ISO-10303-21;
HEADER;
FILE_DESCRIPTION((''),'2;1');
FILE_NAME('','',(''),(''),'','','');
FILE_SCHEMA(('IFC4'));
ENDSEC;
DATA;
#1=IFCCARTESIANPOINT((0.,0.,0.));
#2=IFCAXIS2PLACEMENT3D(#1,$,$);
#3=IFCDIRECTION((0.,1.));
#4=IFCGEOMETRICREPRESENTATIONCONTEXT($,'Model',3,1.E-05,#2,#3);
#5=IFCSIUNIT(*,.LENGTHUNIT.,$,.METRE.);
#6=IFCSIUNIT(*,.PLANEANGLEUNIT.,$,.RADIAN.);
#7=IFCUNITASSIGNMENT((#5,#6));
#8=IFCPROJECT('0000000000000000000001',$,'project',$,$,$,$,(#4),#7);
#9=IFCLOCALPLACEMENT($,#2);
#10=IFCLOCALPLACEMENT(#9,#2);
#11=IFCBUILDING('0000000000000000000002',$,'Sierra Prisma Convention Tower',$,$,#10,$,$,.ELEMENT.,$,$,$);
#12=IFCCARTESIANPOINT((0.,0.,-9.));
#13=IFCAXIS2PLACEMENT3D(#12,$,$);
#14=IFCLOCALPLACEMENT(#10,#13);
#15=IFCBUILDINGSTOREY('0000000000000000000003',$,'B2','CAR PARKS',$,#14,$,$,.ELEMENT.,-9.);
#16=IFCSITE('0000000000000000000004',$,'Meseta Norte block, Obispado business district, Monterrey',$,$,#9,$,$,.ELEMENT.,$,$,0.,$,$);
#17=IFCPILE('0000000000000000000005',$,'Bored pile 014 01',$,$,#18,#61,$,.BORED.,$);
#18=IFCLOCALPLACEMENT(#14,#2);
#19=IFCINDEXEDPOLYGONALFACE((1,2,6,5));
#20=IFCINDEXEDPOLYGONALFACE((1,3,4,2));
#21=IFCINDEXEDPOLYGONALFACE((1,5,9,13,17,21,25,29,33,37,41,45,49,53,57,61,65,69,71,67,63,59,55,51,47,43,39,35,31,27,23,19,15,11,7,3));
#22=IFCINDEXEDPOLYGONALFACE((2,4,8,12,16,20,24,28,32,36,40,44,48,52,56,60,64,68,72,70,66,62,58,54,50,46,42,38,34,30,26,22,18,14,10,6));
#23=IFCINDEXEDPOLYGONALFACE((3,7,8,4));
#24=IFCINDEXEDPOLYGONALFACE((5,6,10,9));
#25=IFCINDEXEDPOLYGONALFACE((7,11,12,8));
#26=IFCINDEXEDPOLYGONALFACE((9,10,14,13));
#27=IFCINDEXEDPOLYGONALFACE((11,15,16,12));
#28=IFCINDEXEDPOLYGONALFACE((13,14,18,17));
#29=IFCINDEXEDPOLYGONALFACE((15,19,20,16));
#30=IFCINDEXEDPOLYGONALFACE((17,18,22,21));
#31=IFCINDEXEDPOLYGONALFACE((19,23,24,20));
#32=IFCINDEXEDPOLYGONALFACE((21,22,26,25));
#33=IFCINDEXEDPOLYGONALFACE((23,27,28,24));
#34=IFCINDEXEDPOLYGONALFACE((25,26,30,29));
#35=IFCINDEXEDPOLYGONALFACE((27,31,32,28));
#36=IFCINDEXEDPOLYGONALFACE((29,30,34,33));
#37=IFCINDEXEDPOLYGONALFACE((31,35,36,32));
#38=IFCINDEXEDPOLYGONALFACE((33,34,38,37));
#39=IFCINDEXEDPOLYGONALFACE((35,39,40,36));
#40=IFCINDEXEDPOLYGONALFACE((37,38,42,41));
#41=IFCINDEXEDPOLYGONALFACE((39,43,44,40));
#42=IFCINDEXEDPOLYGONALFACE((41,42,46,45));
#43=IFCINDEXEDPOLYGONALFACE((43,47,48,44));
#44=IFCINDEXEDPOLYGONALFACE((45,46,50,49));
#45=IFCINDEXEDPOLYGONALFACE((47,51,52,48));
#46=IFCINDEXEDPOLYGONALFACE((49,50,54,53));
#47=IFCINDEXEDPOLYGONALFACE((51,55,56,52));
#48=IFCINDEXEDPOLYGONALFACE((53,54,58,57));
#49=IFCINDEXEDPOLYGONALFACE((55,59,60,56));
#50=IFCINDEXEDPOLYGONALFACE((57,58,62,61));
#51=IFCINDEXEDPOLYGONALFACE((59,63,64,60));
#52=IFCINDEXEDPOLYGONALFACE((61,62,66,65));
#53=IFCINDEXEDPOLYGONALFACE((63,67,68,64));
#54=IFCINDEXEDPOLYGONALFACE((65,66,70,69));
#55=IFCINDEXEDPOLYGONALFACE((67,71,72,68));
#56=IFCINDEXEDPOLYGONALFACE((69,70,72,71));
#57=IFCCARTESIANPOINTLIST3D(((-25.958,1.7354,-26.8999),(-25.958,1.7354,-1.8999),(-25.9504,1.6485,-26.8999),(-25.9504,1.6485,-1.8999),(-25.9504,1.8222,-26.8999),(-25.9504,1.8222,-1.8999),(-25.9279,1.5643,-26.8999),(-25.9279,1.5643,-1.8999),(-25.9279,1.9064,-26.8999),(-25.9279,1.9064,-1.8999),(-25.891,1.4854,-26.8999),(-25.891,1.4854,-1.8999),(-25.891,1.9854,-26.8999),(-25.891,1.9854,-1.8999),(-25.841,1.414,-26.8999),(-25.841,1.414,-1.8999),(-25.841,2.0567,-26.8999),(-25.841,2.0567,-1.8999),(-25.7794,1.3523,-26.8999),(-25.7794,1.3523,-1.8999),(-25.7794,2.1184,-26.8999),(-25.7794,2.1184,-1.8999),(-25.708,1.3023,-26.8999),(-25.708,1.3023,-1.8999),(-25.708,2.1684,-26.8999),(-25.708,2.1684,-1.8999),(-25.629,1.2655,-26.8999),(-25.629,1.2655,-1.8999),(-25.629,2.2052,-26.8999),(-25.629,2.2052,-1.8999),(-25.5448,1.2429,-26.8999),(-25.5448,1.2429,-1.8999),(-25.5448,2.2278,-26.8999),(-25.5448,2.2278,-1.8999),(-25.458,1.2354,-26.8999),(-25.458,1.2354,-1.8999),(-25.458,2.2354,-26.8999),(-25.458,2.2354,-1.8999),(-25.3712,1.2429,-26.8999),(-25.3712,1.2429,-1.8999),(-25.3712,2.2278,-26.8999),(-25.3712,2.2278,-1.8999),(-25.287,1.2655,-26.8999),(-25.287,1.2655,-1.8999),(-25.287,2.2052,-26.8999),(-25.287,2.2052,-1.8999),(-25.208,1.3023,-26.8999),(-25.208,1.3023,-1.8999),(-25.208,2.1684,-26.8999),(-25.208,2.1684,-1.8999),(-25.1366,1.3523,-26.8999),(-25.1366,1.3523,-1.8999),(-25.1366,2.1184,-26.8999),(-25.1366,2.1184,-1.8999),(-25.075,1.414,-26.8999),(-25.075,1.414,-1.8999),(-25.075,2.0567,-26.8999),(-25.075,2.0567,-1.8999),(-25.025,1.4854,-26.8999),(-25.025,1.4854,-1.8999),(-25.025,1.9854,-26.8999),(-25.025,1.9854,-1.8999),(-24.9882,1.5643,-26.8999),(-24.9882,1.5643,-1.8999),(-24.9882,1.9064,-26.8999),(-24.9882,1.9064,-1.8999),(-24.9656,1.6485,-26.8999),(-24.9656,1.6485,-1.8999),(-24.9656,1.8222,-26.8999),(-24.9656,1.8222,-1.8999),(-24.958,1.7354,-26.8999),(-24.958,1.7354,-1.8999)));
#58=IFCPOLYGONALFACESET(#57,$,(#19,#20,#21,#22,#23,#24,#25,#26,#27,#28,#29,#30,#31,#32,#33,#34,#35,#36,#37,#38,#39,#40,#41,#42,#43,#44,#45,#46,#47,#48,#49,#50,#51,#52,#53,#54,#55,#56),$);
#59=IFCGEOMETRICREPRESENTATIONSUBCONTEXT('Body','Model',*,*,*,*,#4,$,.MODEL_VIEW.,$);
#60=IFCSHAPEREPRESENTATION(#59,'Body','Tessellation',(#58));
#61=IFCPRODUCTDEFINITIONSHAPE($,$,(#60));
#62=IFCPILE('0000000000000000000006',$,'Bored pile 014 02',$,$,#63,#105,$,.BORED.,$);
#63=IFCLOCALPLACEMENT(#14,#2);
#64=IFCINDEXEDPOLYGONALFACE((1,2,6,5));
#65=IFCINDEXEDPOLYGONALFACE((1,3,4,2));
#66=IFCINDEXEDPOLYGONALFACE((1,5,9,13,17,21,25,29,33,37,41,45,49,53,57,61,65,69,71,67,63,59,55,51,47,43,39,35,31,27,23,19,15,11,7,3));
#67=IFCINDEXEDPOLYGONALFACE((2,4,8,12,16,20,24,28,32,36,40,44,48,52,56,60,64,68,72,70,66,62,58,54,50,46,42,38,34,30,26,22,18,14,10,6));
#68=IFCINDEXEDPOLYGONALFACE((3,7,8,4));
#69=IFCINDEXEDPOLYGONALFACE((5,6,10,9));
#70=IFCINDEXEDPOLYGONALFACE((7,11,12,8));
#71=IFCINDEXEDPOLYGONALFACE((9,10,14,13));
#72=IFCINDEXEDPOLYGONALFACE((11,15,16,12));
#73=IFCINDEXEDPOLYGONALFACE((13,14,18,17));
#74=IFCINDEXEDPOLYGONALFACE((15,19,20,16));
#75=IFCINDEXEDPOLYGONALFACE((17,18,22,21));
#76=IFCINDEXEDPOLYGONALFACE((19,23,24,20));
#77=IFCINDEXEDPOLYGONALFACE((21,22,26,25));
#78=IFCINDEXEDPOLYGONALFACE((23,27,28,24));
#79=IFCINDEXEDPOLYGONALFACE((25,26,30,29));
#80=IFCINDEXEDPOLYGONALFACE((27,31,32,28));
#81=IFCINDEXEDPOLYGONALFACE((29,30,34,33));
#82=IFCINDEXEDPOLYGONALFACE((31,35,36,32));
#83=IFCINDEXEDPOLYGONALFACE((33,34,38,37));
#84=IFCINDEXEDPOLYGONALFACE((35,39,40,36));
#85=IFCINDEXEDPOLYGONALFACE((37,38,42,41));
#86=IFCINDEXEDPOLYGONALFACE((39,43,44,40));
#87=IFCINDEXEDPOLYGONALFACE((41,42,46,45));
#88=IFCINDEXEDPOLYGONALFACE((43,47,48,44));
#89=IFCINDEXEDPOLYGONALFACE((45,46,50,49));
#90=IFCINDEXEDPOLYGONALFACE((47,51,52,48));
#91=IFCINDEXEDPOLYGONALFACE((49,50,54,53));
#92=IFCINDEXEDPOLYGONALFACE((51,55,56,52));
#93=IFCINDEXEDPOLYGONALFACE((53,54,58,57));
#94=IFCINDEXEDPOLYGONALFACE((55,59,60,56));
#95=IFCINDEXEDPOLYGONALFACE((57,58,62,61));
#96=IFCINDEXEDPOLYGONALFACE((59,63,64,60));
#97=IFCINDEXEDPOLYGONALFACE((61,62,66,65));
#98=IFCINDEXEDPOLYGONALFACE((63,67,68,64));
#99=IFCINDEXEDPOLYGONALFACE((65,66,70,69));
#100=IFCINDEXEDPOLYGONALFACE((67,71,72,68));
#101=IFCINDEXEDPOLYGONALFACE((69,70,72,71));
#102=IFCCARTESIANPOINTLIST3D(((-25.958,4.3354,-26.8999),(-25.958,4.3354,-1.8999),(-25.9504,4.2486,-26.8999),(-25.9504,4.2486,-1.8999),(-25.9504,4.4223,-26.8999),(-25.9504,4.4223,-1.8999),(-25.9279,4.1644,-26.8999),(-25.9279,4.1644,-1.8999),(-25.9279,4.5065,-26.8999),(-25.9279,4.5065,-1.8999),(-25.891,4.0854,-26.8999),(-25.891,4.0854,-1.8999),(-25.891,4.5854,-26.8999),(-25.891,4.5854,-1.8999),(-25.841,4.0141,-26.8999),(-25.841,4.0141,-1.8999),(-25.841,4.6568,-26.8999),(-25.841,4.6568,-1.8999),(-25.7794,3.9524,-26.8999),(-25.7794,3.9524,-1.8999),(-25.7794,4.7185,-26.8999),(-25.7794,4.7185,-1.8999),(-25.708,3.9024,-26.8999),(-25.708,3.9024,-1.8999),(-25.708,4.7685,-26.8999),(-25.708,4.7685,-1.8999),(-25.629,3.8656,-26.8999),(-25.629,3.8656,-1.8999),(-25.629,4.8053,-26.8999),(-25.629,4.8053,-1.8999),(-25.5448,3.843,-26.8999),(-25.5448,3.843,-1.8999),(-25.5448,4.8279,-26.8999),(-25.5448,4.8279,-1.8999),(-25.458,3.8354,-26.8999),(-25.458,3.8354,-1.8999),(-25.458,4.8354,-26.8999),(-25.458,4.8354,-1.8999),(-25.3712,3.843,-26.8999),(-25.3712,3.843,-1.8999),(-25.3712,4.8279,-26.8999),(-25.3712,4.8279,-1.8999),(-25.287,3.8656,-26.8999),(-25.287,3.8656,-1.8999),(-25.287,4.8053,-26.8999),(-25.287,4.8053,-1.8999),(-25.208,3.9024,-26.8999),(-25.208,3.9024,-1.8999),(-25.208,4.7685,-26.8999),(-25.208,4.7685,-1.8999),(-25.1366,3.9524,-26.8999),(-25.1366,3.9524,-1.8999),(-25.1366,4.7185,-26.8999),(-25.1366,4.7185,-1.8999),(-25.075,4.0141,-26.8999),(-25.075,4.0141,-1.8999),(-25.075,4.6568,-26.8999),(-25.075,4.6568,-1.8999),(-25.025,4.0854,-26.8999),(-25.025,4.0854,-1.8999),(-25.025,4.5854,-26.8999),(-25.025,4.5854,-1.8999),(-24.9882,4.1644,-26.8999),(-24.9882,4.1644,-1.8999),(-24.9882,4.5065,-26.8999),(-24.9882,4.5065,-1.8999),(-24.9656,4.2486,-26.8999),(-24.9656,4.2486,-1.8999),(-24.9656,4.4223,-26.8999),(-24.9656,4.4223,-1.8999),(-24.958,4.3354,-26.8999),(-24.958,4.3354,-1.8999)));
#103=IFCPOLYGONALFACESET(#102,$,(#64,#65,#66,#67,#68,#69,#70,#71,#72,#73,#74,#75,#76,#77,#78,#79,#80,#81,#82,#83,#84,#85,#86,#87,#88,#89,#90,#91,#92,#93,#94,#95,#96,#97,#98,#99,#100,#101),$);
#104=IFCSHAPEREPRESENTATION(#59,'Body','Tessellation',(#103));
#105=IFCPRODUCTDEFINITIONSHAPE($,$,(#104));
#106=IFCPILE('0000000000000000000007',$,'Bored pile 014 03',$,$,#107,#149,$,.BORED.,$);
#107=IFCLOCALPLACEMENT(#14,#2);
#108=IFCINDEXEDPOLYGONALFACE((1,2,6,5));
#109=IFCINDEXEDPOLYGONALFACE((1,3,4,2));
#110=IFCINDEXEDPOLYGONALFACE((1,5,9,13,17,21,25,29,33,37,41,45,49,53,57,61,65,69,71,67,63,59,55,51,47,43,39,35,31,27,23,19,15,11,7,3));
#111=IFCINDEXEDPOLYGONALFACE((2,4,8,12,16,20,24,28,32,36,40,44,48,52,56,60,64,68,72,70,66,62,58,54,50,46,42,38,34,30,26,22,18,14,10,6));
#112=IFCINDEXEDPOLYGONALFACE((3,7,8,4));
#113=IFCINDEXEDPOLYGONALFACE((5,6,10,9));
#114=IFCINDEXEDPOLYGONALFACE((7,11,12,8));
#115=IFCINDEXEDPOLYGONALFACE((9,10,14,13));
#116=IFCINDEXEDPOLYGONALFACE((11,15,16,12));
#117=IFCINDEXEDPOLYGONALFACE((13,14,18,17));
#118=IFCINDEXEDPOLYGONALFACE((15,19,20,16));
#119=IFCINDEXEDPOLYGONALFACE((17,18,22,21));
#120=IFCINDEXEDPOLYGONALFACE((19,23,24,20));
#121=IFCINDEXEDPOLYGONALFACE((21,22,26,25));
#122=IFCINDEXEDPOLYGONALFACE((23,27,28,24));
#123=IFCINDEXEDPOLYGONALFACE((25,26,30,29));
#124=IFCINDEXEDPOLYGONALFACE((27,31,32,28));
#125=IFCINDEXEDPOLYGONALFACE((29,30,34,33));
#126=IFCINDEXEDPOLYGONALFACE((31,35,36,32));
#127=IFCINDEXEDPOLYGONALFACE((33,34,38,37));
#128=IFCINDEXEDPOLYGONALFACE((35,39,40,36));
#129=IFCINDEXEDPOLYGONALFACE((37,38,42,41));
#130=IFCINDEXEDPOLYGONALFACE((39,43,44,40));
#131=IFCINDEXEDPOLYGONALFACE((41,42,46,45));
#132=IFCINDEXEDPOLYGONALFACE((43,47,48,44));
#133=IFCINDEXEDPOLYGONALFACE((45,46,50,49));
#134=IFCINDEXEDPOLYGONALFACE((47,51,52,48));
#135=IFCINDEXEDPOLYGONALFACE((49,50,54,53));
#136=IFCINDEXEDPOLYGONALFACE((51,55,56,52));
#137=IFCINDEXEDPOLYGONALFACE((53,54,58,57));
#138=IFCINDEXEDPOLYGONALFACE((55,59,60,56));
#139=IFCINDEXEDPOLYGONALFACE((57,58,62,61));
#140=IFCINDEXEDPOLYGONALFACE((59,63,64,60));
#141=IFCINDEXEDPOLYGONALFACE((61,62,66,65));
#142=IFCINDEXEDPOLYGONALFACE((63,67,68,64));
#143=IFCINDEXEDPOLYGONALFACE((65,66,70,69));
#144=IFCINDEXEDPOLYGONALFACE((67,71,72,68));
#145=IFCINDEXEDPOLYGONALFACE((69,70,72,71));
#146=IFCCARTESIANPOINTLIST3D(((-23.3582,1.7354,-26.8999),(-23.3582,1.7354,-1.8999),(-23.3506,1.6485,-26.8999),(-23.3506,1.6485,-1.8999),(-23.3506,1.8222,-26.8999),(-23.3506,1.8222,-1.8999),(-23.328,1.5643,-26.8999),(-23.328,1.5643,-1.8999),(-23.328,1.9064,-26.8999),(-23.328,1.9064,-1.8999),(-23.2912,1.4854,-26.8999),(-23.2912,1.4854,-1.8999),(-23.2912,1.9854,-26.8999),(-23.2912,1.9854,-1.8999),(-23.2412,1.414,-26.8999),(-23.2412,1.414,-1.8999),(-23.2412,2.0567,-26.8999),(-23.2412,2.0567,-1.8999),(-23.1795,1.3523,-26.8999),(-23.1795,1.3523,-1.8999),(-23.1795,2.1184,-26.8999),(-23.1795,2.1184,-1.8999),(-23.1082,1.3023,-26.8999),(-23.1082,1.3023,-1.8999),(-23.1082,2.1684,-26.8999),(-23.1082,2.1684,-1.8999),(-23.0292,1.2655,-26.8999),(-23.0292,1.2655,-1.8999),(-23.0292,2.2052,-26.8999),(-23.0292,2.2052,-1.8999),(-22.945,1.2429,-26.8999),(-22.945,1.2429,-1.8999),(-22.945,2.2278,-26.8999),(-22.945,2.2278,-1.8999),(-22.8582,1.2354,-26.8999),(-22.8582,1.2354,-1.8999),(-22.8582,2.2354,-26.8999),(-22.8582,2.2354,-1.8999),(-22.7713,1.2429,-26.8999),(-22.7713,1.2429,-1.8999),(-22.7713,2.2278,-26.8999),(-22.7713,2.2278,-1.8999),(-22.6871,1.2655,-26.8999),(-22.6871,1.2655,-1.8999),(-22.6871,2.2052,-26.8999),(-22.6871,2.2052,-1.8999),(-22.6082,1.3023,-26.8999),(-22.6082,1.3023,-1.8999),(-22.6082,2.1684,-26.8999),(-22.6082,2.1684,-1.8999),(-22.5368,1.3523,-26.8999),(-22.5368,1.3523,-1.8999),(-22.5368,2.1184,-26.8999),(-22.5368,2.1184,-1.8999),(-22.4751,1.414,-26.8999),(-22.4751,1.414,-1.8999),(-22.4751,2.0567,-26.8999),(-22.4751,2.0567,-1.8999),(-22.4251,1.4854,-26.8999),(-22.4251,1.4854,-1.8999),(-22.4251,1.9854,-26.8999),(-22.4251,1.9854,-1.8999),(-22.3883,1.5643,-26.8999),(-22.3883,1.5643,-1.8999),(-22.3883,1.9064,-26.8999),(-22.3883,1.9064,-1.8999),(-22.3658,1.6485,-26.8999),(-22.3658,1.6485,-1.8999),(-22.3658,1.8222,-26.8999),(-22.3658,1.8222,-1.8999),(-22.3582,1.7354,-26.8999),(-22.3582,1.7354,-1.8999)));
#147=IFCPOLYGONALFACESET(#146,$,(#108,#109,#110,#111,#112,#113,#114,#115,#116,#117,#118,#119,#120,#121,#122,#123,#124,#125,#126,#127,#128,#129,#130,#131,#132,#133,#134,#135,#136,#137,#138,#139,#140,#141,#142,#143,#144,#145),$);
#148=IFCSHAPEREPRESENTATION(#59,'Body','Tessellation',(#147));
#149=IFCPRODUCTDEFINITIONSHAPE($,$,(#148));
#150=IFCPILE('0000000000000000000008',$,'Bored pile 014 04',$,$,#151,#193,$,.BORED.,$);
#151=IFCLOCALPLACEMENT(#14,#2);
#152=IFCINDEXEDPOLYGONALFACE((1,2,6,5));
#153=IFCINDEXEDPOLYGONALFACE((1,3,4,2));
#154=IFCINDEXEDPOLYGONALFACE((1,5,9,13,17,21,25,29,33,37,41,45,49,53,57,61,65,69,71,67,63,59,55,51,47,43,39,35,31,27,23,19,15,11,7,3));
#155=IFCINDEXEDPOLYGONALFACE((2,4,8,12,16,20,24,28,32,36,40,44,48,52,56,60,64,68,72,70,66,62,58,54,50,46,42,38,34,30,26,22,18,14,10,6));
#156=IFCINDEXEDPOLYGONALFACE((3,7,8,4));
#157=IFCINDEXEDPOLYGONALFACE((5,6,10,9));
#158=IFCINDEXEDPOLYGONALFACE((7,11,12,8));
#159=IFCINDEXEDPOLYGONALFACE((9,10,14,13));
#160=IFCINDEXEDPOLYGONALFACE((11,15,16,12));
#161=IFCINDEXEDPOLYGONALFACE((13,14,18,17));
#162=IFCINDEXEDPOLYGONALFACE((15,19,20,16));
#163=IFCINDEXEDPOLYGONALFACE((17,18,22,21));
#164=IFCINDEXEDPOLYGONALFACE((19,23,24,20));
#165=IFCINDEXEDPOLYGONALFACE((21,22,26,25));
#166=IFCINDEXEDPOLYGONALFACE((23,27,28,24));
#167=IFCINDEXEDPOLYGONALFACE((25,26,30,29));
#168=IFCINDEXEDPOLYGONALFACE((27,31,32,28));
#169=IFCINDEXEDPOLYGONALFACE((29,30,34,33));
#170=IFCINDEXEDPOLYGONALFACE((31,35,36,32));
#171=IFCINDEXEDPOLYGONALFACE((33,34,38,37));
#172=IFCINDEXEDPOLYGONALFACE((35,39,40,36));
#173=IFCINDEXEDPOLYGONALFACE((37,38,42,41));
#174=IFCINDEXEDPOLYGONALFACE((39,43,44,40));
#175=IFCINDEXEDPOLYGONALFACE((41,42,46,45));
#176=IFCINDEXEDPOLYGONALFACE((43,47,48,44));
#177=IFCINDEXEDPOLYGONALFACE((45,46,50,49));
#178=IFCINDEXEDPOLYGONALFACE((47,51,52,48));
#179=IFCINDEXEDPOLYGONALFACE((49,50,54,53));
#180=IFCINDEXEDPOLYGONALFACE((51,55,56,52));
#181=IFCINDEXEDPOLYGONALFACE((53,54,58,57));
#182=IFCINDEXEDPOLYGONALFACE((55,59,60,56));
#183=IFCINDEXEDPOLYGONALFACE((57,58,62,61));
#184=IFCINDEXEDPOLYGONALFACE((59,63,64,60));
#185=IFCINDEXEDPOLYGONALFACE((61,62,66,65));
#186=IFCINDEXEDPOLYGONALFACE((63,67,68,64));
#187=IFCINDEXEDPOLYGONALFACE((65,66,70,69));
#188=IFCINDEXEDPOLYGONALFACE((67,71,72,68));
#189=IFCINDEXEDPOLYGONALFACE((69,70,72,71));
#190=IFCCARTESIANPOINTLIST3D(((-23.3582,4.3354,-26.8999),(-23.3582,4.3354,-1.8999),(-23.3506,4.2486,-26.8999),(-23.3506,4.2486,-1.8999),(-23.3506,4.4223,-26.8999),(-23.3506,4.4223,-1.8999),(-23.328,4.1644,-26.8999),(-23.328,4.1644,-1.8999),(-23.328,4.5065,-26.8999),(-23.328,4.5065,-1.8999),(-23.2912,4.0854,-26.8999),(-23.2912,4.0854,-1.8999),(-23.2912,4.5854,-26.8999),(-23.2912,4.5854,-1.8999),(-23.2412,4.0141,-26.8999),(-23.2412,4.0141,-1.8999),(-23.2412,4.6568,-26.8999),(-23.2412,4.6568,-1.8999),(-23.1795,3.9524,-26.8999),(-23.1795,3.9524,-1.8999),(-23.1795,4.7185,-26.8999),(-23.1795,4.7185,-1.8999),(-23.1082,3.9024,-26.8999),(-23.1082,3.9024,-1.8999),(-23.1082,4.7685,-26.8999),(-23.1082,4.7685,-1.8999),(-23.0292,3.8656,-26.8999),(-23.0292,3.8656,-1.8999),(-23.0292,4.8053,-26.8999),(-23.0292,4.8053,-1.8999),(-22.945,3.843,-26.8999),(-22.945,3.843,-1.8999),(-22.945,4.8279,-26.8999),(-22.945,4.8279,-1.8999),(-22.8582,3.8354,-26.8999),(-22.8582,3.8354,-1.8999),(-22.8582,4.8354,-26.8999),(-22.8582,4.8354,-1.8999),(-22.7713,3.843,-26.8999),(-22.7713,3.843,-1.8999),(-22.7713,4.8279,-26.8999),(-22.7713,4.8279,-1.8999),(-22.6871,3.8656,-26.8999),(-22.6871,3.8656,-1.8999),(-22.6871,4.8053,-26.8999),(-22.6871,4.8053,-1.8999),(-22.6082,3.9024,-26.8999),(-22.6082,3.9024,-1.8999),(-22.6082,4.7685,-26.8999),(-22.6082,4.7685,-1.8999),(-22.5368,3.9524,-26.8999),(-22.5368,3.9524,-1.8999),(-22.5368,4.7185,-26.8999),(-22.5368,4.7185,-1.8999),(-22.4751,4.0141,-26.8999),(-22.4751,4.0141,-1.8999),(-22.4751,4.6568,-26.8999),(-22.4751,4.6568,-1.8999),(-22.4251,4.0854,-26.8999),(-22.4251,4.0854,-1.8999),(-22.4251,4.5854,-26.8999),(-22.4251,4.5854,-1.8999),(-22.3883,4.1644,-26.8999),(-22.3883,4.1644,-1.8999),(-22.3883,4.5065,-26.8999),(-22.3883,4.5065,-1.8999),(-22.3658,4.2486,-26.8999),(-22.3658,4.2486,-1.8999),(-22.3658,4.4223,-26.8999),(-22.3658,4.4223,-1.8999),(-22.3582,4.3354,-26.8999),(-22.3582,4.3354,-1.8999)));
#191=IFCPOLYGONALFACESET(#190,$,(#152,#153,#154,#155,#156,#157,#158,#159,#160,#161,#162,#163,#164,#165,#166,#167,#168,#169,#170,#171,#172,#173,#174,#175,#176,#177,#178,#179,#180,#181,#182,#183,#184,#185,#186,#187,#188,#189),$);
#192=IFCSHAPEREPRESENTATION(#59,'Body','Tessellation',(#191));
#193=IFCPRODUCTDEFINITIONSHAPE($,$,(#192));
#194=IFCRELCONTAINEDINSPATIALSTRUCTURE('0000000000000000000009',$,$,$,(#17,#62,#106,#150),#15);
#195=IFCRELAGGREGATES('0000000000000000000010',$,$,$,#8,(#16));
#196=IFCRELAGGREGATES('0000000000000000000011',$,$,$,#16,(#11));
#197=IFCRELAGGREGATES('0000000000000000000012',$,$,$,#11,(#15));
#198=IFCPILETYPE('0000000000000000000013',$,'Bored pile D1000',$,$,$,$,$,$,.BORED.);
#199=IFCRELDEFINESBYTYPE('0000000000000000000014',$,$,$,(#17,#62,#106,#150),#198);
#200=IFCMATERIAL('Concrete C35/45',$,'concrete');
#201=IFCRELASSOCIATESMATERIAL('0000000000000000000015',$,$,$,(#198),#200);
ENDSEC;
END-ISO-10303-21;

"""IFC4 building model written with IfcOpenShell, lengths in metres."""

from ifc_helpers import new_model, si_unit, direction, frame, origin, origin_2d, place, context, subcontext, project, spatial, circle, extrude, material, material_profile, profile_set, type_object, element, save


model = new_model("IFC4")

# Units and contexts
model_context = context("Model", 3, precision=1e-05, world=origin(), true_north=direction((0.0, 1.0)))
body_context = subcontext(model_context, "Body", "Model", "MODEL_VIEW")
ifc_project = project(units=[si_unit("LENGTHUNIT", "METRE"), si_unit("PLANEANGLEUNIT", "RADIAN")], contexts=[model_context])

# Site, building, storey
site_placement = place(None, origin())
site = spatial("IfcSite", under=ifc_project, at=site_placement, Name="Meseta Norte block, Obispado business district, Monterrey", CompositionType="ELEMENT", RefElevation=0.0)
building_placement = place(site_placement, origin())
building = spatial("IfcBuilding", under=site, at=building_placement, Name="Sierra Prisma Convention Tower", CompositionType="ELEMENT")
storey_placement = place(building_placement, frame((0.0, 0.0, -9.0)))
storey = spatial("IfcBuildingStorey", under=building, at=storey_placement, Name="B2", Description="CAR PARKS", CompositionType="ELEMENT", Elevation=-9.0)

# Piles
ifc_material_1 = material(Name="Concrete C35/45", Category="concrete")
ifc_material_profile_1 = material_profile(ifc_material_1, circle(Radius=0.5, at=origin_2d()), Name="D1000")
ifc_profile_set_1 = profile_set([ifc_material_profile_1], Name="Concrete C35/45")
pile_type_1 = type_object("IfcPileType", Name="Bored pile D1000", PredefinedType="BORED", material=ifc_profile_set_1)
for number, where, z_axis, x_axis, name in (
    (1, (-25.458, 1.7354, -1.8999), (0.0, 0.0, -1.0), (1.0, 0.0, 0.0), "Bored pile 014 01"),
    (2, (-25.458, 4.3354, -1.8999), (0.0, 0.0, -1.0), (1.0, 0.0, 0.0), "Bored pile 014 02"),
    (3, (-22.8582, 1.7354, -1.8999), (0.0, 0.0, -1.0), (1.0, 0.0, 0.0), "Bored pile 014 03"),
    (4, (-22.8582, 4.3354, -1.8999), (0.0, 0.0, -1.0), (1.0, 0.0, 0.0), "Bored pile 014 04"),
):
    element("IfcPile", number, at=place(storey_placement, frame(where, z_axis=z_axis, x_axis=x_axis)), inside=storey, type_object=pile_type_1, Name=name, PredefinedType="BORED", context=body_context, shape_type="SweptSolid", body=[
        extrude(circle(Radius=0.5, at=origin_2d()), origin(), (0.0, 0.0, 1.0), 25.0),
    ])

save(model, "model.ifc")
